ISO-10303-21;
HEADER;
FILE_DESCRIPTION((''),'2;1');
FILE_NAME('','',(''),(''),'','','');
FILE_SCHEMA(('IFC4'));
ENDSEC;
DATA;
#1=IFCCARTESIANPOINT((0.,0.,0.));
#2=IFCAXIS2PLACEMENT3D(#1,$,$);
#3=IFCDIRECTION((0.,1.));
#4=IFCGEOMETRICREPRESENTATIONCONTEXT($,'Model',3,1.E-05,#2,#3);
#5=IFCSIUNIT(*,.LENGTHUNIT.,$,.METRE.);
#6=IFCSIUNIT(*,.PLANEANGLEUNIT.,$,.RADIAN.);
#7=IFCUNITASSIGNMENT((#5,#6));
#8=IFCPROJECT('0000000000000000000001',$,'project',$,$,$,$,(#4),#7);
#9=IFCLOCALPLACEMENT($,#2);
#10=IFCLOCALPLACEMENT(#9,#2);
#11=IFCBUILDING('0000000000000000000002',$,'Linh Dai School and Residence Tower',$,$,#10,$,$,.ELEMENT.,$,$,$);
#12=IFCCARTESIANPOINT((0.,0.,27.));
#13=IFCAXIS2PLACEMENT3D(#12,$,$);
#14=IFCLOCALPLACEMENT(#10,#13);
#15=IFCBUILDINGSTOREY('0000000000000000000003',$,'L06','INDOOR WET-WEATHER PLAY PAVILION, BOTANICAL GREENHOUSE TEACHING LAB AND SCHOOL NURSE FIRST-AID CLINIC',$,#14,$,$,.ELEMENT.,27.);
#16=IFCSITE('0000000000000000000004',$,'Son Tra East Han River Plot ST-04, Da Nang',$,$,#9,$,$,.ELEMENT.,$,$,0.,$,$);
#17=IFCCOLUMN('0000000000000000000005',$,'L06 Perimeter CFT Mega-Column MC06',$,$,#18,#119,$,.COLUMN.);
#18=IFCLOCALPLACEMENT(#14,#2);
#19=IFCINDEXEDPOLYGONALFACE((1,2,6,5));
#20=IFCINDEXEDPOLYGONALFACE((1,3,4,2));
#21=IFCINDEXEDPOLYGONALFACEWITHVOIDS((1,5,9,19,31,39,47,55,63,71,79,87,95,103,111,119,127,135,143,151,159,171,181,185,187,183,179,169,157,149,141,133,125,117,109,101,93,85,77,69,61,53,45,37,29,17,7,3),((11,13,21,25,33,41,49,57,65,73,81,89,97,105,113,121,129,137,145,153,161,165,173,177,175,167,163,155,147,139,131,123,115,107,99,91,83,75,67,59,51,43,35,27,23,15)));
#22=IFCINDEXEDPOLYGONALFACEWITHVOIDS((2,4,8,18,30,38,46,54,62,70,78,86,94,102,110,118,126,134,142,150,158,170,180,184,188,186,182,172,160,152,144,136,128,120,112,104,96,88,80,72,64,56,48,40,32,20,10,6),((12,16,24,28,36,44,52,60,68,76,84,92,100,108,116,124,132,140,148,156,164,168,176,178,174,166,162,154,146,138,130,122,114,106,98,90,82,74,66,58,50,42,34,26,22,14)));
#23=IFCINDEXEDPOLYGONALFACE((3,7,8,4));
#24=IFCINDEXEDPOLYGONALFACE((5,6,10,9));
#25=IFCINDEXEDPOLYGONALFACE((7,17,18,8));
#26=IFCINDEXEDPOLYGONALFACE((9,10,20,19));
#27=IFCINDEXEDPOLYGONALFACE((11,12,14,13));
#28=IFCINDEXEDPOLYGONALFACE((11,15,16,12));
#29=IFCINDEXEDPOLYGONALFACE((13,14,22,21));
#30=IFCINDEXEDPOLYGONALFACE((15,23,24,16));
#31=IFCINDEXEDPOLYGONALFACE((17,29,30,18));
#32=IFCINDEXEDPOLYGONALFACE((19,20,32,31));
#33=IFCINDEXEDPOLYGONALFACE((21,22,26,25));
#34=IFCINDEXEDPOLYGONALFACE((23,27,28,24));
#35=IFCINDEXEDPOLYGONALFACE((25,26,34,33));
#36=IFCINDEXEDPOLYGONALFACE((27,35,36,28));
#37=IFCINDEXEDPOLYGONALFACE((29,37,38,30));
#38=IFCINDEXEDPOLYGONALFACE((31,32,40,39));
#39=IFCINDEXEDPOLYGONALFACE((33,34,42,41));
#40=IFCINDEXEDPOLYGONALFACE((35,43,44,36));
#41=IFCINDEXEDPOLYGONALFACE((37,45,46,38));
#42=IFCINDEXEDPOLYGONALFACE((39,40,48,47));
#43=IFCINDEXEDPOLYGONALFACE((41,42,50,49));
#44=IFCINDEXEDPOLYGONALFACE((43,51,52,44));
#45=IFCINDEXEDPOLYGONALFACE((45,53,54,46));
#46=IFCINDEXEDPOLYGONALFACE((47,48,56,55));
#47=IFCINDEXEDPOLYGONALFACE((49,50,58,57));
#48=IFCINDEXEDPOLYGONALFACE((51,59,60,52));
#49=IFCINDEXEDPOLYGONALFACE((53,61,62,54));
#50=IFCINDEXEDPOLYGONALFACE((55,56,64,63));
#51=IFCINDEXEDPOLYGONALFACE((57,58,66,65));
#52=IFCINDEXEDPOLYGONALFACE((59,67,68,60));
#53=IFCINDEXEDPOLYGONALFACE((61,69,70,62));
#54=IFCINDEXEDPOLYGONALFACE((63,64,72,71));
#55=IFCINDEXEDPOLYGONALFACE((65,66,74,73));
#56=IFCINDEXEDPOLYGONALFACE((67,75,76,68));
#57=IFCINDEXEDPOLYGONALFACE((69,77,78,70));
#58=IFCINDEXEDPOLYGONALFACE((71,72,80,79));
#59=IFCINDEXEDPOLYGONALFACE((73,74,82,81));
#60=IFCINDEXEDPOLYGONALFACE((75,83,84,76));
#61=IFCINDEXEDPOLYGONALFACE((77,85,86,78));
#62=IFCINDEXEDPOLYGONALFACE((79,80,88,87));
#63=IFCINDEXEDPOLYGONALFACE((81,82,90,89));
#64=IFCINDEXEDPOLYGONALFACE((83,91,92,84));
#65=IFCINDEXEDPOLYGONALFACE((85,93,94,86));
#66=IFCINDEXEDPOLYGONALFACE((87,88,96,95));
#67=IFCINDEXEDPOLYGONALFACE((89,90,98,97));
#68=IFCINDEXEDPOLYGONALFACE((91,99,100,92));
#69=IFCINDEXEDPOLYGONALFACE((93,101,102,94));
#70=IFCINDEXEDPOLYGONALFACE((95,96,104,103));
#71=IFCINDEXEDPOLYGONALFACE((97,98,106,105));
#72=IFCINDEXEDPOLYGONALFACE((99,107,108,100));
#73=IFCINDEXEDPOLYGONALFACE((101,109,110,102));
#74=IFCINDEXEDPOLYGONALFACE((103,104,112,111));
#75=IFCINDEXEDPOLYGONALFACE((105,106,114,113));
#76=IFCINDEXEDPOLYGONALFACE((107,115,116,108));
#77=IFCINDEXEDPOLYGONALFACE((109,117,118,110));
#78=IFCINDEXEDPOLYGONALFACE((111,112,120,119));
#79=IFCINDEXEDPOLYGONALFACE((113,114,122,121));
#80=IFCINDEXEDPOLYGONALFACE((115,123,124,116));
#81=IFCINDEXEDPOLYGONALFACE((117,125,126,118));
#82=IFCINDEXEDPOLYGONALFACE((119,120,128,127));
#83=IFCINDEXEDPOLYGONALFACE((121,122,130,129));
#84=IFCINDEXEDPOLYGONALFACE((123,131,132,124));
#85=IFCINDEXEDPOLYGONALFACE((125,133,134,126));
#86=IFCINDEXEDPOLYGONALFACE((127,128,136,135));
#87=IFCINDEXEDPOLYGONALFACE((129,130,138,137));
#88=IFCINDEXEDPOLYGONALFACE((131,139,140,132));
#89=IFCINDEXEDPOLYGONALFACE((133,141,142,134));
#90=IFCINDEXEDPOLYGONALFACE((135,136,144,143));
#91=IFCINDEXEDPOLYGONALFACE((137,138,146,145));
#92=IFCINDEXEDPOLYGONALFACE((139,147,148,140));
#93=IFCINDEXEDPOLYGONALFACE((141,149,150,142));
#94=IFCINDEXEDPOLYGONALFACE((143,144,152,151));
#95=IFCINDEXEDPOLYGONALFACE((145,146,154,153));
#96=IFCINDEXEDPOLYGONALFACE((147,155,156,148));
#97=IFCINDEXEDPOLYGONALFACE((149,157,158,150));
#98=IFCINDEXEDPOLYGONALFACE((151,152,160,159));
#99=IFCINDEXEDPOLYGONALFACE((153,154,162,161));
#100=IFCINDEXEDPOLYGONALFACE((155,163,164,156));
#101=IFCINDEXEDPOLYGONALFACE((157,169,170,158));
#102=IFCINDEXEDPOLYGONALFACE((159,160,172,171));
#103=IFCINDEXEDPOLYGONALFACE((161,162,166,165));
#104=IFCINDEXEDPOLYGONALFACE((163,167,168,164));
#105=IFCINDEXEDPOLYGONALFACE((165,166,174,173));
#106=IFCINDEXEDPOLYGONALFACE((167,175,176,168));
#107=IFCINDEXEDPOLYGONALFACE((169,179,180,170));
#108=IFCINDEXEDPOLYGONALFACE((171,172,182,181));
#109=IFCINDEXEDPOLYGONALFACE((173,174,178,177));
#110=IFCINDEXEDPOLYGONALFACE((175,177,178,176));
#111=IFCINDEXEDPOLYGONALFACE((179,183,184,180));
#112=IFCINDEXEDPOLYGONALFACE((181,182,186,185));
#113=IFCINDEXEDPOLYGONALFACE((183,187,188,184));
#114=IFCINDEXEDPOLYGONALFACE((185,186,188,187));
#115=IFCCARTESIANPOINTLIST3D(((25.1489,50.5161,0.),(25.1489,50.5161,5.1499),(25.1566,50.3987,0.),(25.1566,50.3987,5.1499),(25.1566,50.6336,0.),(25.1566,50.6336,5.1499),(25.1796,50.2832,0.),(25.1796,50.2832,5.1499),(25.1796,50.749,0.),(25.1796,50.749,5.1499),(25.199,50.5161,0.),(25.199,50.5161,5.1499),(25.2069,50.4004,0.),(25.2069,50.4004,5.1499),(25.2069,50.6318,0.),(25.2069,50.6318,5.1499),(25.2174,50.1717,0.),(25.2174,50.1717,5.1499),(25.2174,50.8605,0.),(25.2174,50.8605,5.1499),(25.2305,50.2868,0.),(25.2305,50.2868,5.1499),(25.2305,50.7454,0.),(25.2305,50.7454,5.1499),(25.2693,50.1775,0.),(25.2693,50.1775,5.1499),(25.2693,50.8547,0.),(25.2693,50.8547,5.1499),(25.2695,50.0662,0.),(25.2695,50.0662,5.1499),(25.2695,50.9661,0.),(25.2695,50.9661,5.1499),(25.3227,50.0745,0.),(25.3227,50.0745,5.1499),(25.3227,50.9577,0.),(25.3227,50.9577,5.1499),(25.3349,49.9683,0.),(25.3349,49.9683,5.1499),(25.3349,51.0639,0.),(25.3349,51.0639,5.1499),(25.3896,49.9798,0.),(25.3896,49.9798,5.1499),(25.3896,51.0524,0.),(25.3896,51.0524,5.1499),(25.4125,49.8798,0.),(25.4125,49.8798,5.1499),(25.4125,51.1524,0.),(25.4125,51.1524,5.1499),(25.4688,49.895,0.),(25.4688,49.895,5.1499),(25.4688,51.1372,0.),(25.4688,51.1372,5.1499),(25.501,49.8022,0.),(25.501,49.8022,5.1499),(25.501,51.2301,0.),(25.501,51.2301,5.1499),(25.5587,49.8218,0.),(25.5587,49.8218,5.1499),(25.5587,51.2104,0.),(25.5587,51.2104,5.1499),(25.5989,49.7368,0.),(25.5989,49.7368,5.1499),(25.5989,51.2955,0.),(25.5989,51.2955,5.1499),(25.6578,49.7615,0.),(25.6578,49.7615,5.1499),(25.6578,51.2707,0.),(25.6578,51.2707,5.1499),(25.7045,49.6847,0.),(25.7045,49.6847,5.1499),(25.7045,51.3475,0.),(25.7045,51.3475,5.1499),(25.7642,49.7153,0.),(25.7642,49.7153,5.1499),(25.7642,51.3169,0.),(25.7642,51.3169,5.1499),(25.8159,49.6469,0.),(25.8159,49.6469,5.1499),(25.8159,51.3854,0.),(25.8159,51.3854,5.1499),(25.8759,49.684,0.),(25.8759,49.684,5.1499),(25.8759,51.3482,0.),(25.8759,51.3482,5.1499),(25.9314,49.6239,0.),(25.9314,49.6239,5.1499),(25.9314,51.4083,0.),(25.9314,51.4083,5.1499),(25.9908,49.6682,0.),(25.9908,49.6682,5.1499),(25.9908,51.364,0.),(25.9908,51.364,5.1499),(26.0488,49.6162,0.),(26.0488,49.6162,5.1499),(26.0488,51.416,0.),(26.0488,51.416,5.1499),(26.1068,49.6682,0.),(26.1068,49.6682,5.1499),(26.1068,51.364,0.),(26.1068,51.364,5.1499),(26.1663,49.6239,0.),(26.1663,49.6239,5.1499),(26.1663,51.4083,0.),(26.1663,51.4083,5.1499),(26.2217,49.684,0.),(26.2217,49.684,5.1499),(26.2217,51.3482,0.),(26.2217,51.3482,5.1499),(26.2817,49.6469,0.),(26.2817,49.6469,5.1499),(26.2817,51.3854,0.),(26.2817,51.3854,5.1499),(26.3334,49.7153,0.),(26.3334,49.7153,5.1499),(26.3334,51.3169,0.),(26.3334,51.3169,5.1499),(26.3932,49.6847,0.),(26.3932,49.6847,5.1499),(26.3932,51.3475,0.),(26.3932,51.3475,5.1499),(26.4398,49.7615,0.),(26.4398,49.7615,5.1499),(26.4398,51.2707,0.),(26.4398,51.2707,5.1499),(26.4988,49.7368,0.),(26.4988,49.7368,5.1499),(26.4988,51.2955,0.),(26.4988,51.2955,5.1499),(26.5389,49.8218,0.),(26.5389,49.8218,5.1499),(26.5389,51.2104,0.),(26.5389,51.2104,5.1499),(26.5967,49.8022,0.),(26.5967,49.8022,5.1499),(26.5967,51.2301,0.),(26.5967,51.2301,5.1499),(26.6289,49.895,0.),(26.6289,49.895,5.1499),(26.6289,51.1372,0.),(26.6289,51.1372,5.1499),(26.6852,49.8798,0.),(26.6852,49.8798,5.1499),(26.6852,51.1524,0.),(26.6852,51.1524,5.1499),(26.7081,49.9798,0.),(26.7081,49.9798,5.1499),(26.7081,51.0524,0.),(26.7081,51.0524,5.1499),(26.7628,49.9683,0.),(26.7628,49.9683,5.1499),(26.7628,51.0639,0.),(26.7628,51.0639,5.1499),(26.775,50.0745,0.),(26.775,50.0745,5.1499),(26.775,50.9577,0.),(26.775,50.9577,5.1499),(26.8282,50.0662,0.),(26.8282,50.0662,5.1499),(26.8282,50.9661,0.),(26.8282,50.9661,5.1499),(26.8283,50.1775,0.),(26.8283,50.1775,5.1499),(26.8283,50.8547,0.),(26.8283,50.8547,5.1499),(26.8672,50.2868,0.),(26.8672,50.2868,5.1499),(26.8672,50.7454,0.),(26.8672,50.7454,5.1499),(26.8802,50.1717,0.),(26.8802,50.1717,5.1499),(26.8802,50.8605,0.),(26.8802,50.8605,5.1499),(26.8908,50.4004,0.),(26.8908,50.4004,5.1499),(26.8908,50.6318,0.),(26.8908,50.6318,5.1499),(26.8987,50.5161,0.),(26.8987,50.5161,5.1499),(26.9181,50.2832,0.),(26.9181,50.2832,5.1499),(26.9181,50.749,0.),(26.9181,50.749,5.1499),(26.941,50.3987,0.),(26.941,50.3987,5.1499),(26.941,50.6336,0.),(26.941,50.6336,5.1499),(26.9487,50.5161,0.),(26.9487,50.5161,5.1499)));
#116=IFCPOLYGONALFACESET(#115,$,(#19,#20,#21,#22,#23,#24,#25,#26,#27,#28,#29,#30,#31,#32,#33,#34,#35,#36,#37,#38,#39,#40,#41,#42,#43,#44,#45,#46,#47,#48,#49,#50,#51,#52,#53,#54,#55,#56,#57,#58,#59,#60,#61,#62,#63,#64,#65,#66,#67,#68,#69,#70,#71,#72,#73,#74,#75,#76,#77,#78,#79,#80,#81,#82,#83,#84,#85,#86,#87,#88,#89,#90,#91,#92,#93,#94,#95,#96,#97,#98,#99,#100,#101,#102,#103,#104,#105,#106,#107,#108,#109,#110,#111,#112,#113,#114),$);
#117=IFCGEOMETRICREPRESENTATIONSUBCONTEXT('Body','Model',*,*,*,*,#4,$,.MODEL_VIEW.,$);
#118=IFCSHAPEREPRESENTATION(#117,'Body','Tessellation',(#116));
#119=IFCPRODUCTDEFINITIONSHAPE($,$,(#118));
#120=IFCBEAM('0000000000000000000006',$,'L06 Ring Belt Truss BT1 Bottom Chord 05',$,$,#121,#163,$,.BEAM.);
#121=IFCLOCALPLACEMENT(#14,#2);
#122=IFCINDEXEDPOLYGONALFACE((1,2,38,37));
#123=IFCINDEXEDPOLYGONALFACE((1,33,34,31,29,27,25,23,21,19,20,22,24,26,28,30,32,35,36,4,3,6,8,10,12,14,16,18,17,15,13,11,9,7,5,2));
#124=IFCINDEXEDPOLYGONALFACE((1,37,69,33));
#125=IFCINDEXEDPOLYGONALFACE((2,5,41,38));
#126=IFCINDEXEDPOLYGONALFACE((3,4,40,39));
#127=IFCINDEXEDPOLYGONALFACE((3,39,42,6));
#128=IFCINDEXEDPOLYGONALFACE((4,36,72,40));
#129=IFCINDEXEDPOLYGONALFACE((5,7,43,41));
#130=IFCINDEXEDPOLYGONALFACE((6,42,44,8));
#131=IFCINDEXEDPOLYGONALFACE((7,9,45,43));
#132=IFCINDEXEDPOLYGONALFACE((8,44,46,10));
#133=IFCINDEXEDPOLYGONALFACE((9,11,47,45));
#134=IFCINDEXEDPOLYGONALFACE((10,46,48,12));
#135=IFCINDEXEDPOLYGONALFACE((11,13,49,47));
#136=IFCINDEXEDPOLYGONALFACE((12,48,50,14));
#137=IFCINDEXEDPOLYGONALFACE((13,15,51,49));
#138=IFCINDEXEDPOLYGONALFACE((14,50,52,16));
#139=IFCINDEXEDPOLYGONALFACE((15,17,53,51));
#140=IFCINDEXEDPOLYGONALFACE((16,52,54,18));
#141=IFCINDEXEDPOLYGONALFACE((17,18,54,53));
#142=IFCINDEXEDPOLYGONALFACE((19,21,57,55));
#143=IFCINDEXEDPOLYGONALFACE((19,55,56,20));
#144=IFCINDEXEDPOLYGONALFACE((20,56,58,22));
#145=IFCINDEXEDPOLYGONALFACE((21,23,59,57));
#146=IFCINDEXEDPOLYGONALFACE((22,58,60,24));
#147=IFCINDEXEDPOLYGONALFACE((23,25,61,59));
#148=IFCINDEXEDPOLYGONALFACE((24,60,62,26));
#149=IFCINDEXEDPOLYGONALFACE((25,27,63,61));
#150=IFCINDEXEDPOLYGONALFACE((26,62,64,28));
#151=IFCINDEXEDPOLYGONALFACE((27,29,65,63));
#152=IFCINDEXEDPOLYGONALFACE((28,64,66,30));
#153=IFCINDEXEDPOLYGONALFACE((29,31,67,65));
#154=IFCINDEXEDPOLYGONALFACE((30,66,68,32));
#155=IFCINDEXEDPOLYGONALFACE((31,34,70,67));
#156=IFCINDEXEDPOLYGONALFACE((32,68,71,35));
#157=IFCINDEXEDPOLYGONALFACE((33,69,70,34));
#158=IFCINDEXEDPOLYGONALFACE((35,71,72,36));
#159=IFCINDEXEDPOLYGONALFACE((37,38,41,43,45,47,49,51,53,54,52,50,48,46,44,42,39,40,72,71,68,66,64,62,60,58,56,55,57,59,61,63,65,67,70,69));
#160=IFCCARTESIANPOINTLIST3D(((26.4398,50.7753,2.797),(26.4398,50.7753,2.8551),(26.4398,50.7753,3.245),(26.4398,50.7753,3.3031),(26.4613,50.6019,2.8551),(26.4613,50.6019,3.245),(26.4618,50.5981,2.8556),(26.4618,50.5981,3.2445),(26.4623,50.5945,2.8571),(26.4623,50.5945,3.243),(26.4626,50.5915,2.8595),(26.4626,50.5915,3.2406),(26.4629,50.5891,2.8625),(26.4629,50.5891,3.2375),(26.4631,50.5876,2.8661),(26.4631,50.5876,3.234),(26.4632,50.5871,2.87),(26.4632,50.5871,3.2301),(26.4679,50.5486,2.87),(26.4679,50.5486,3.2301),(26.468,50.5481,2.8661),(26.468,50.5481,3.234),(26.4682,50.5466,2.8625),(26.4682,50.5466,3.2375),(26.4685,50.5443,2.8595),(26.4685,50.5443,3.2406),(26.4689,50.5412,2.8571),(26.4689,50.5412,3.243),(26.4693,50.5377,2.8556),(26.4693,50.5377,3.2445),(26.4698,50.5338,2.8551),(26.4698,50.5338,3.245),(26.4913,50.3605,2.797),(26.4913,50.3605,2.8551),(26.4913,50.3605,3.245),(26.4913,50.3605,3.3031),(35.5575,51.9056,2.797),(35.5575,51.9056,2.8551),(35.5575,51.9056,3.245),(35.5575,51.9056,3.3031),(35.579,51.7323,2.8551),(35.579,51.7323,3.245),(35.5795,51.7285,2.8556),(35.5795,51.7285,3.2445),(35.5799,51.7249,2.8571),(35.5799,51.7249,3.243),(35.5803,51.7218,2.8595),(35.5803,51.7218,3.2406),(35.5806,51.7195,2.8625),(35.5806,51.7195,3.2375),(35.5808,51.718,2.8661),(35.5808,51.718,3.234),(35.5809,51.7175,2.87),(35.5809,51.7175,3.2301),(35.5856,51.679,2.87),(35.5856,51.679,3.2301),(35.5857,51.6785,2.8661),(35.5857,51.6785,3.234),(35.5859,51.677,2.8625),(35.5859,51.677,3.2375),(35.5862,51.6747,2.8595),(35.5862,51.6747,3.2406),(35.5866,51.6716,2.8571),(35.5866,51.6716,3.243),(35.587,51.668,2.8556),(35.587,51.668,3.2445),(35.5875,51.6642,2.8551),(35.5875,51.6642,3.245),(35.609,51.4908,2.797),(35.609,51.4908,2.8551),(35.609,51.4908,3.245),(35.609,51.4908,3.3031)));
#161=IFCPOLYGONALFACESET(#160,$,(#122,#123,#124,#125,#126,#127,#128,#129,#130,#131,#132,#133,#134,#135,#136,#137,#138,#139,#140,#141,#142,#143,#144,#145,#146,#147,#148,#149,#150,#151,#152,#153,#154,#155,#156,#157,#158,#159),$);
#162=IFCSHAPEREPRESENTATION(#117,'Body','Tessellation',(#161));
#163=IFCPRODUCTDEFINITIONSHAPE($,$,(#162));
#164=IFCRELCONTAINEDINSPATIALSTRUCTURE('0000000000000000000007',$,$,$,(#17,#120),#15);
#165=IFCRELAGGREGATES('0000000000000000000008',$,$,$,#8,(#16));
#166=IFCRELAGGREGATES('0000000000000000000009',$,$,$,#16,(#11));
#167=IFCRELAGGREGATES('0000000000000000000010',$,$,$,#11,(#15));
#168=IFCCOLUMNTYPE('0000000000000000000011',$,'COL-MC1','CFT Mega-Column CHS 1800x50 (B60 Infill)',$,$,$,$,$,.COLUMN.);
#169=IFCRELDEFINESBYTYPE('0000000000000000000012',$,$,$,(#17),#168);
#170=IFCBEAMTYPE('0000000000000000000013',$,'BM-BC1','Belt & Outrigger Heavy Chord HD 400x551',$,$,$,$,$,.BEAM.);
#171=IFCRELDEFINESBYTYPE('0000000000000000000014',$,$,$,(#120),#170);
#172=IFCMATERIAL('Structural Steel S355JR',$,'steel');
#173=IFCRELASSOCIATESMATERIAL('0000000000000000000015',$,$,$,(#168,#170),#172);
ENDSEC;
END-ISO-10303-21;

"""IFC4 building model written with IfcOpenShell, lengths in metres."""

from ifc_helpers import new_model, si_unit, direction, frame, origin, origin_2d, place, context, subcontext, project, spatial, hollow_circle, i_section, extrude, material, material_profile, profile_set, type_object, element, save


model = new_model("IFC4")

# Units and contexts
model_context = context("Model", 3, precision=1e-05, world=origin(), true_north=direction((0.0, 1.0)))
body_context = subcontext(model_context, "Body", "Model", "MODEL_VIEW")
ifc_project = project(units=[si_unit("LENGTHUNIT", "METRE"), si_unit("PLANEANGLEUNIT", "RADIAN")], contexts=[model_context])

# Site, building, storey
site_placement = place(None, origin())
site = spatial("IfcSite", under=ifc_project, at=site_placement, Name="Son Tra East Han River Plot ST-04, Da Nang", CompositionType="ELEMENT", RefElevation=0.0)
building_placement = place(site_placement, origin())
building = spatial("IfcBuilding", under=site, at=building_placement, Name="Linh Dai School and Residence Tower", CompositionType="ELEMENT")
storey_placement = place(building_placement, frame((0.0, 0.0, 27.0)))
storey = spatial("IfcBuildingStorey", under=building, at=storey_placement, Name="L06", Description="INDOOR WET-WEATHER PLAY PAVILION, BOTANICAL GREENHOUSE TEACHING LAB AND SCHOOL NURSE FIRST-AID CLINIC", CompositionType="ELEMENT", Elevation=27.0)

# Column
ifc_material_1 = material(Name="Structural Steel S355JR", Category="steel")
ifc_material_profile_1 = material_profile(ifc_material_1, hollow_circle(Radius=0.8999, WallThickness=0.05, at=origin_2d()), Name="CHS 1800x50")
ifc_profile_set_1 = profile_set([ifc_material_profile_1], Name="Structural Steel S355JR")
column_type_1 = type_object("IfcColumnType", Name="COL-MC1", Description="CFT Mega-Column CHS 1800x50 (B60 Infill)", PredefinedType="COLUMN", material=ifc_profile_set_1)
for number, where, z_axis, x_axis, name in (
    (1, (26.0488, 50.5161, 0.0), (0.0, 0.0, 1.0), (1.0, 0.0, 0.0), "L06 Perimeter CFT Mega-Column MC06"),
):
    element("IfcColumn", number, at=place(storey_placement, frame(where, z_axis=z_axis, x_axis=x_axis)), inside=storey, type_object=column_type_1, Name=name, PredefinedType="COLUMN", context=body_context, shape_type="SweptSolid", body=[
        extrude(hollow_circle(Radius=0.8999, WallThickness=0.05, at=origin_2d()), origin(), (0.0, 0.0, 1.0), 5.1499),
    ])

# Beam
ifc_material_profile_2 = material_profile(ifc_material_1, i_section(OverallWidth=0.418, OverallDepth=0.5061, WebThickness=0.0388, FlangeThickness=0.0581, FilletRadius=0.0149, at=origin_2d()), Name="HD 400x551")
ifc_profile_set_2 = profile_set([ifc_material_profile_2], Name="Structural Steel S355JR")
beam_type_1 = type_object("IfcBeamType", Name="BM-BC1", Description="Belt & Outrigger Heavy Chord HD 400x551", PredefinedType="BEAM", material=ifc_profile_set_2)
beam_1_placement = place(storey_placement, frame((35.5833, 51.6982, 3.05), z_axis=(-0.992402, -0.123034, 0.0), x_axis=(0.123034, -0.992402, 0.0)))
element("IfcBeam", 2, at=beam_1_placement, inside=storey, type_object=beam_type_1, Name="L06 Ring Belt Truss BT1 Bottom Chord 05", PredefinedType="BEAM", context=body_context, shape_type="SweptSolid", body=[
    extrude(i_section(OverallWidth=0.418, OverallDepth=0.5061, WebThickness=0.0388, FlangeThickness=0.0581, FilletRadius=0.0149, at=origin_2d()), origin(), (0.0, 0.0, 1.0), 9.1875),
])

save(model, "model.ifc")
